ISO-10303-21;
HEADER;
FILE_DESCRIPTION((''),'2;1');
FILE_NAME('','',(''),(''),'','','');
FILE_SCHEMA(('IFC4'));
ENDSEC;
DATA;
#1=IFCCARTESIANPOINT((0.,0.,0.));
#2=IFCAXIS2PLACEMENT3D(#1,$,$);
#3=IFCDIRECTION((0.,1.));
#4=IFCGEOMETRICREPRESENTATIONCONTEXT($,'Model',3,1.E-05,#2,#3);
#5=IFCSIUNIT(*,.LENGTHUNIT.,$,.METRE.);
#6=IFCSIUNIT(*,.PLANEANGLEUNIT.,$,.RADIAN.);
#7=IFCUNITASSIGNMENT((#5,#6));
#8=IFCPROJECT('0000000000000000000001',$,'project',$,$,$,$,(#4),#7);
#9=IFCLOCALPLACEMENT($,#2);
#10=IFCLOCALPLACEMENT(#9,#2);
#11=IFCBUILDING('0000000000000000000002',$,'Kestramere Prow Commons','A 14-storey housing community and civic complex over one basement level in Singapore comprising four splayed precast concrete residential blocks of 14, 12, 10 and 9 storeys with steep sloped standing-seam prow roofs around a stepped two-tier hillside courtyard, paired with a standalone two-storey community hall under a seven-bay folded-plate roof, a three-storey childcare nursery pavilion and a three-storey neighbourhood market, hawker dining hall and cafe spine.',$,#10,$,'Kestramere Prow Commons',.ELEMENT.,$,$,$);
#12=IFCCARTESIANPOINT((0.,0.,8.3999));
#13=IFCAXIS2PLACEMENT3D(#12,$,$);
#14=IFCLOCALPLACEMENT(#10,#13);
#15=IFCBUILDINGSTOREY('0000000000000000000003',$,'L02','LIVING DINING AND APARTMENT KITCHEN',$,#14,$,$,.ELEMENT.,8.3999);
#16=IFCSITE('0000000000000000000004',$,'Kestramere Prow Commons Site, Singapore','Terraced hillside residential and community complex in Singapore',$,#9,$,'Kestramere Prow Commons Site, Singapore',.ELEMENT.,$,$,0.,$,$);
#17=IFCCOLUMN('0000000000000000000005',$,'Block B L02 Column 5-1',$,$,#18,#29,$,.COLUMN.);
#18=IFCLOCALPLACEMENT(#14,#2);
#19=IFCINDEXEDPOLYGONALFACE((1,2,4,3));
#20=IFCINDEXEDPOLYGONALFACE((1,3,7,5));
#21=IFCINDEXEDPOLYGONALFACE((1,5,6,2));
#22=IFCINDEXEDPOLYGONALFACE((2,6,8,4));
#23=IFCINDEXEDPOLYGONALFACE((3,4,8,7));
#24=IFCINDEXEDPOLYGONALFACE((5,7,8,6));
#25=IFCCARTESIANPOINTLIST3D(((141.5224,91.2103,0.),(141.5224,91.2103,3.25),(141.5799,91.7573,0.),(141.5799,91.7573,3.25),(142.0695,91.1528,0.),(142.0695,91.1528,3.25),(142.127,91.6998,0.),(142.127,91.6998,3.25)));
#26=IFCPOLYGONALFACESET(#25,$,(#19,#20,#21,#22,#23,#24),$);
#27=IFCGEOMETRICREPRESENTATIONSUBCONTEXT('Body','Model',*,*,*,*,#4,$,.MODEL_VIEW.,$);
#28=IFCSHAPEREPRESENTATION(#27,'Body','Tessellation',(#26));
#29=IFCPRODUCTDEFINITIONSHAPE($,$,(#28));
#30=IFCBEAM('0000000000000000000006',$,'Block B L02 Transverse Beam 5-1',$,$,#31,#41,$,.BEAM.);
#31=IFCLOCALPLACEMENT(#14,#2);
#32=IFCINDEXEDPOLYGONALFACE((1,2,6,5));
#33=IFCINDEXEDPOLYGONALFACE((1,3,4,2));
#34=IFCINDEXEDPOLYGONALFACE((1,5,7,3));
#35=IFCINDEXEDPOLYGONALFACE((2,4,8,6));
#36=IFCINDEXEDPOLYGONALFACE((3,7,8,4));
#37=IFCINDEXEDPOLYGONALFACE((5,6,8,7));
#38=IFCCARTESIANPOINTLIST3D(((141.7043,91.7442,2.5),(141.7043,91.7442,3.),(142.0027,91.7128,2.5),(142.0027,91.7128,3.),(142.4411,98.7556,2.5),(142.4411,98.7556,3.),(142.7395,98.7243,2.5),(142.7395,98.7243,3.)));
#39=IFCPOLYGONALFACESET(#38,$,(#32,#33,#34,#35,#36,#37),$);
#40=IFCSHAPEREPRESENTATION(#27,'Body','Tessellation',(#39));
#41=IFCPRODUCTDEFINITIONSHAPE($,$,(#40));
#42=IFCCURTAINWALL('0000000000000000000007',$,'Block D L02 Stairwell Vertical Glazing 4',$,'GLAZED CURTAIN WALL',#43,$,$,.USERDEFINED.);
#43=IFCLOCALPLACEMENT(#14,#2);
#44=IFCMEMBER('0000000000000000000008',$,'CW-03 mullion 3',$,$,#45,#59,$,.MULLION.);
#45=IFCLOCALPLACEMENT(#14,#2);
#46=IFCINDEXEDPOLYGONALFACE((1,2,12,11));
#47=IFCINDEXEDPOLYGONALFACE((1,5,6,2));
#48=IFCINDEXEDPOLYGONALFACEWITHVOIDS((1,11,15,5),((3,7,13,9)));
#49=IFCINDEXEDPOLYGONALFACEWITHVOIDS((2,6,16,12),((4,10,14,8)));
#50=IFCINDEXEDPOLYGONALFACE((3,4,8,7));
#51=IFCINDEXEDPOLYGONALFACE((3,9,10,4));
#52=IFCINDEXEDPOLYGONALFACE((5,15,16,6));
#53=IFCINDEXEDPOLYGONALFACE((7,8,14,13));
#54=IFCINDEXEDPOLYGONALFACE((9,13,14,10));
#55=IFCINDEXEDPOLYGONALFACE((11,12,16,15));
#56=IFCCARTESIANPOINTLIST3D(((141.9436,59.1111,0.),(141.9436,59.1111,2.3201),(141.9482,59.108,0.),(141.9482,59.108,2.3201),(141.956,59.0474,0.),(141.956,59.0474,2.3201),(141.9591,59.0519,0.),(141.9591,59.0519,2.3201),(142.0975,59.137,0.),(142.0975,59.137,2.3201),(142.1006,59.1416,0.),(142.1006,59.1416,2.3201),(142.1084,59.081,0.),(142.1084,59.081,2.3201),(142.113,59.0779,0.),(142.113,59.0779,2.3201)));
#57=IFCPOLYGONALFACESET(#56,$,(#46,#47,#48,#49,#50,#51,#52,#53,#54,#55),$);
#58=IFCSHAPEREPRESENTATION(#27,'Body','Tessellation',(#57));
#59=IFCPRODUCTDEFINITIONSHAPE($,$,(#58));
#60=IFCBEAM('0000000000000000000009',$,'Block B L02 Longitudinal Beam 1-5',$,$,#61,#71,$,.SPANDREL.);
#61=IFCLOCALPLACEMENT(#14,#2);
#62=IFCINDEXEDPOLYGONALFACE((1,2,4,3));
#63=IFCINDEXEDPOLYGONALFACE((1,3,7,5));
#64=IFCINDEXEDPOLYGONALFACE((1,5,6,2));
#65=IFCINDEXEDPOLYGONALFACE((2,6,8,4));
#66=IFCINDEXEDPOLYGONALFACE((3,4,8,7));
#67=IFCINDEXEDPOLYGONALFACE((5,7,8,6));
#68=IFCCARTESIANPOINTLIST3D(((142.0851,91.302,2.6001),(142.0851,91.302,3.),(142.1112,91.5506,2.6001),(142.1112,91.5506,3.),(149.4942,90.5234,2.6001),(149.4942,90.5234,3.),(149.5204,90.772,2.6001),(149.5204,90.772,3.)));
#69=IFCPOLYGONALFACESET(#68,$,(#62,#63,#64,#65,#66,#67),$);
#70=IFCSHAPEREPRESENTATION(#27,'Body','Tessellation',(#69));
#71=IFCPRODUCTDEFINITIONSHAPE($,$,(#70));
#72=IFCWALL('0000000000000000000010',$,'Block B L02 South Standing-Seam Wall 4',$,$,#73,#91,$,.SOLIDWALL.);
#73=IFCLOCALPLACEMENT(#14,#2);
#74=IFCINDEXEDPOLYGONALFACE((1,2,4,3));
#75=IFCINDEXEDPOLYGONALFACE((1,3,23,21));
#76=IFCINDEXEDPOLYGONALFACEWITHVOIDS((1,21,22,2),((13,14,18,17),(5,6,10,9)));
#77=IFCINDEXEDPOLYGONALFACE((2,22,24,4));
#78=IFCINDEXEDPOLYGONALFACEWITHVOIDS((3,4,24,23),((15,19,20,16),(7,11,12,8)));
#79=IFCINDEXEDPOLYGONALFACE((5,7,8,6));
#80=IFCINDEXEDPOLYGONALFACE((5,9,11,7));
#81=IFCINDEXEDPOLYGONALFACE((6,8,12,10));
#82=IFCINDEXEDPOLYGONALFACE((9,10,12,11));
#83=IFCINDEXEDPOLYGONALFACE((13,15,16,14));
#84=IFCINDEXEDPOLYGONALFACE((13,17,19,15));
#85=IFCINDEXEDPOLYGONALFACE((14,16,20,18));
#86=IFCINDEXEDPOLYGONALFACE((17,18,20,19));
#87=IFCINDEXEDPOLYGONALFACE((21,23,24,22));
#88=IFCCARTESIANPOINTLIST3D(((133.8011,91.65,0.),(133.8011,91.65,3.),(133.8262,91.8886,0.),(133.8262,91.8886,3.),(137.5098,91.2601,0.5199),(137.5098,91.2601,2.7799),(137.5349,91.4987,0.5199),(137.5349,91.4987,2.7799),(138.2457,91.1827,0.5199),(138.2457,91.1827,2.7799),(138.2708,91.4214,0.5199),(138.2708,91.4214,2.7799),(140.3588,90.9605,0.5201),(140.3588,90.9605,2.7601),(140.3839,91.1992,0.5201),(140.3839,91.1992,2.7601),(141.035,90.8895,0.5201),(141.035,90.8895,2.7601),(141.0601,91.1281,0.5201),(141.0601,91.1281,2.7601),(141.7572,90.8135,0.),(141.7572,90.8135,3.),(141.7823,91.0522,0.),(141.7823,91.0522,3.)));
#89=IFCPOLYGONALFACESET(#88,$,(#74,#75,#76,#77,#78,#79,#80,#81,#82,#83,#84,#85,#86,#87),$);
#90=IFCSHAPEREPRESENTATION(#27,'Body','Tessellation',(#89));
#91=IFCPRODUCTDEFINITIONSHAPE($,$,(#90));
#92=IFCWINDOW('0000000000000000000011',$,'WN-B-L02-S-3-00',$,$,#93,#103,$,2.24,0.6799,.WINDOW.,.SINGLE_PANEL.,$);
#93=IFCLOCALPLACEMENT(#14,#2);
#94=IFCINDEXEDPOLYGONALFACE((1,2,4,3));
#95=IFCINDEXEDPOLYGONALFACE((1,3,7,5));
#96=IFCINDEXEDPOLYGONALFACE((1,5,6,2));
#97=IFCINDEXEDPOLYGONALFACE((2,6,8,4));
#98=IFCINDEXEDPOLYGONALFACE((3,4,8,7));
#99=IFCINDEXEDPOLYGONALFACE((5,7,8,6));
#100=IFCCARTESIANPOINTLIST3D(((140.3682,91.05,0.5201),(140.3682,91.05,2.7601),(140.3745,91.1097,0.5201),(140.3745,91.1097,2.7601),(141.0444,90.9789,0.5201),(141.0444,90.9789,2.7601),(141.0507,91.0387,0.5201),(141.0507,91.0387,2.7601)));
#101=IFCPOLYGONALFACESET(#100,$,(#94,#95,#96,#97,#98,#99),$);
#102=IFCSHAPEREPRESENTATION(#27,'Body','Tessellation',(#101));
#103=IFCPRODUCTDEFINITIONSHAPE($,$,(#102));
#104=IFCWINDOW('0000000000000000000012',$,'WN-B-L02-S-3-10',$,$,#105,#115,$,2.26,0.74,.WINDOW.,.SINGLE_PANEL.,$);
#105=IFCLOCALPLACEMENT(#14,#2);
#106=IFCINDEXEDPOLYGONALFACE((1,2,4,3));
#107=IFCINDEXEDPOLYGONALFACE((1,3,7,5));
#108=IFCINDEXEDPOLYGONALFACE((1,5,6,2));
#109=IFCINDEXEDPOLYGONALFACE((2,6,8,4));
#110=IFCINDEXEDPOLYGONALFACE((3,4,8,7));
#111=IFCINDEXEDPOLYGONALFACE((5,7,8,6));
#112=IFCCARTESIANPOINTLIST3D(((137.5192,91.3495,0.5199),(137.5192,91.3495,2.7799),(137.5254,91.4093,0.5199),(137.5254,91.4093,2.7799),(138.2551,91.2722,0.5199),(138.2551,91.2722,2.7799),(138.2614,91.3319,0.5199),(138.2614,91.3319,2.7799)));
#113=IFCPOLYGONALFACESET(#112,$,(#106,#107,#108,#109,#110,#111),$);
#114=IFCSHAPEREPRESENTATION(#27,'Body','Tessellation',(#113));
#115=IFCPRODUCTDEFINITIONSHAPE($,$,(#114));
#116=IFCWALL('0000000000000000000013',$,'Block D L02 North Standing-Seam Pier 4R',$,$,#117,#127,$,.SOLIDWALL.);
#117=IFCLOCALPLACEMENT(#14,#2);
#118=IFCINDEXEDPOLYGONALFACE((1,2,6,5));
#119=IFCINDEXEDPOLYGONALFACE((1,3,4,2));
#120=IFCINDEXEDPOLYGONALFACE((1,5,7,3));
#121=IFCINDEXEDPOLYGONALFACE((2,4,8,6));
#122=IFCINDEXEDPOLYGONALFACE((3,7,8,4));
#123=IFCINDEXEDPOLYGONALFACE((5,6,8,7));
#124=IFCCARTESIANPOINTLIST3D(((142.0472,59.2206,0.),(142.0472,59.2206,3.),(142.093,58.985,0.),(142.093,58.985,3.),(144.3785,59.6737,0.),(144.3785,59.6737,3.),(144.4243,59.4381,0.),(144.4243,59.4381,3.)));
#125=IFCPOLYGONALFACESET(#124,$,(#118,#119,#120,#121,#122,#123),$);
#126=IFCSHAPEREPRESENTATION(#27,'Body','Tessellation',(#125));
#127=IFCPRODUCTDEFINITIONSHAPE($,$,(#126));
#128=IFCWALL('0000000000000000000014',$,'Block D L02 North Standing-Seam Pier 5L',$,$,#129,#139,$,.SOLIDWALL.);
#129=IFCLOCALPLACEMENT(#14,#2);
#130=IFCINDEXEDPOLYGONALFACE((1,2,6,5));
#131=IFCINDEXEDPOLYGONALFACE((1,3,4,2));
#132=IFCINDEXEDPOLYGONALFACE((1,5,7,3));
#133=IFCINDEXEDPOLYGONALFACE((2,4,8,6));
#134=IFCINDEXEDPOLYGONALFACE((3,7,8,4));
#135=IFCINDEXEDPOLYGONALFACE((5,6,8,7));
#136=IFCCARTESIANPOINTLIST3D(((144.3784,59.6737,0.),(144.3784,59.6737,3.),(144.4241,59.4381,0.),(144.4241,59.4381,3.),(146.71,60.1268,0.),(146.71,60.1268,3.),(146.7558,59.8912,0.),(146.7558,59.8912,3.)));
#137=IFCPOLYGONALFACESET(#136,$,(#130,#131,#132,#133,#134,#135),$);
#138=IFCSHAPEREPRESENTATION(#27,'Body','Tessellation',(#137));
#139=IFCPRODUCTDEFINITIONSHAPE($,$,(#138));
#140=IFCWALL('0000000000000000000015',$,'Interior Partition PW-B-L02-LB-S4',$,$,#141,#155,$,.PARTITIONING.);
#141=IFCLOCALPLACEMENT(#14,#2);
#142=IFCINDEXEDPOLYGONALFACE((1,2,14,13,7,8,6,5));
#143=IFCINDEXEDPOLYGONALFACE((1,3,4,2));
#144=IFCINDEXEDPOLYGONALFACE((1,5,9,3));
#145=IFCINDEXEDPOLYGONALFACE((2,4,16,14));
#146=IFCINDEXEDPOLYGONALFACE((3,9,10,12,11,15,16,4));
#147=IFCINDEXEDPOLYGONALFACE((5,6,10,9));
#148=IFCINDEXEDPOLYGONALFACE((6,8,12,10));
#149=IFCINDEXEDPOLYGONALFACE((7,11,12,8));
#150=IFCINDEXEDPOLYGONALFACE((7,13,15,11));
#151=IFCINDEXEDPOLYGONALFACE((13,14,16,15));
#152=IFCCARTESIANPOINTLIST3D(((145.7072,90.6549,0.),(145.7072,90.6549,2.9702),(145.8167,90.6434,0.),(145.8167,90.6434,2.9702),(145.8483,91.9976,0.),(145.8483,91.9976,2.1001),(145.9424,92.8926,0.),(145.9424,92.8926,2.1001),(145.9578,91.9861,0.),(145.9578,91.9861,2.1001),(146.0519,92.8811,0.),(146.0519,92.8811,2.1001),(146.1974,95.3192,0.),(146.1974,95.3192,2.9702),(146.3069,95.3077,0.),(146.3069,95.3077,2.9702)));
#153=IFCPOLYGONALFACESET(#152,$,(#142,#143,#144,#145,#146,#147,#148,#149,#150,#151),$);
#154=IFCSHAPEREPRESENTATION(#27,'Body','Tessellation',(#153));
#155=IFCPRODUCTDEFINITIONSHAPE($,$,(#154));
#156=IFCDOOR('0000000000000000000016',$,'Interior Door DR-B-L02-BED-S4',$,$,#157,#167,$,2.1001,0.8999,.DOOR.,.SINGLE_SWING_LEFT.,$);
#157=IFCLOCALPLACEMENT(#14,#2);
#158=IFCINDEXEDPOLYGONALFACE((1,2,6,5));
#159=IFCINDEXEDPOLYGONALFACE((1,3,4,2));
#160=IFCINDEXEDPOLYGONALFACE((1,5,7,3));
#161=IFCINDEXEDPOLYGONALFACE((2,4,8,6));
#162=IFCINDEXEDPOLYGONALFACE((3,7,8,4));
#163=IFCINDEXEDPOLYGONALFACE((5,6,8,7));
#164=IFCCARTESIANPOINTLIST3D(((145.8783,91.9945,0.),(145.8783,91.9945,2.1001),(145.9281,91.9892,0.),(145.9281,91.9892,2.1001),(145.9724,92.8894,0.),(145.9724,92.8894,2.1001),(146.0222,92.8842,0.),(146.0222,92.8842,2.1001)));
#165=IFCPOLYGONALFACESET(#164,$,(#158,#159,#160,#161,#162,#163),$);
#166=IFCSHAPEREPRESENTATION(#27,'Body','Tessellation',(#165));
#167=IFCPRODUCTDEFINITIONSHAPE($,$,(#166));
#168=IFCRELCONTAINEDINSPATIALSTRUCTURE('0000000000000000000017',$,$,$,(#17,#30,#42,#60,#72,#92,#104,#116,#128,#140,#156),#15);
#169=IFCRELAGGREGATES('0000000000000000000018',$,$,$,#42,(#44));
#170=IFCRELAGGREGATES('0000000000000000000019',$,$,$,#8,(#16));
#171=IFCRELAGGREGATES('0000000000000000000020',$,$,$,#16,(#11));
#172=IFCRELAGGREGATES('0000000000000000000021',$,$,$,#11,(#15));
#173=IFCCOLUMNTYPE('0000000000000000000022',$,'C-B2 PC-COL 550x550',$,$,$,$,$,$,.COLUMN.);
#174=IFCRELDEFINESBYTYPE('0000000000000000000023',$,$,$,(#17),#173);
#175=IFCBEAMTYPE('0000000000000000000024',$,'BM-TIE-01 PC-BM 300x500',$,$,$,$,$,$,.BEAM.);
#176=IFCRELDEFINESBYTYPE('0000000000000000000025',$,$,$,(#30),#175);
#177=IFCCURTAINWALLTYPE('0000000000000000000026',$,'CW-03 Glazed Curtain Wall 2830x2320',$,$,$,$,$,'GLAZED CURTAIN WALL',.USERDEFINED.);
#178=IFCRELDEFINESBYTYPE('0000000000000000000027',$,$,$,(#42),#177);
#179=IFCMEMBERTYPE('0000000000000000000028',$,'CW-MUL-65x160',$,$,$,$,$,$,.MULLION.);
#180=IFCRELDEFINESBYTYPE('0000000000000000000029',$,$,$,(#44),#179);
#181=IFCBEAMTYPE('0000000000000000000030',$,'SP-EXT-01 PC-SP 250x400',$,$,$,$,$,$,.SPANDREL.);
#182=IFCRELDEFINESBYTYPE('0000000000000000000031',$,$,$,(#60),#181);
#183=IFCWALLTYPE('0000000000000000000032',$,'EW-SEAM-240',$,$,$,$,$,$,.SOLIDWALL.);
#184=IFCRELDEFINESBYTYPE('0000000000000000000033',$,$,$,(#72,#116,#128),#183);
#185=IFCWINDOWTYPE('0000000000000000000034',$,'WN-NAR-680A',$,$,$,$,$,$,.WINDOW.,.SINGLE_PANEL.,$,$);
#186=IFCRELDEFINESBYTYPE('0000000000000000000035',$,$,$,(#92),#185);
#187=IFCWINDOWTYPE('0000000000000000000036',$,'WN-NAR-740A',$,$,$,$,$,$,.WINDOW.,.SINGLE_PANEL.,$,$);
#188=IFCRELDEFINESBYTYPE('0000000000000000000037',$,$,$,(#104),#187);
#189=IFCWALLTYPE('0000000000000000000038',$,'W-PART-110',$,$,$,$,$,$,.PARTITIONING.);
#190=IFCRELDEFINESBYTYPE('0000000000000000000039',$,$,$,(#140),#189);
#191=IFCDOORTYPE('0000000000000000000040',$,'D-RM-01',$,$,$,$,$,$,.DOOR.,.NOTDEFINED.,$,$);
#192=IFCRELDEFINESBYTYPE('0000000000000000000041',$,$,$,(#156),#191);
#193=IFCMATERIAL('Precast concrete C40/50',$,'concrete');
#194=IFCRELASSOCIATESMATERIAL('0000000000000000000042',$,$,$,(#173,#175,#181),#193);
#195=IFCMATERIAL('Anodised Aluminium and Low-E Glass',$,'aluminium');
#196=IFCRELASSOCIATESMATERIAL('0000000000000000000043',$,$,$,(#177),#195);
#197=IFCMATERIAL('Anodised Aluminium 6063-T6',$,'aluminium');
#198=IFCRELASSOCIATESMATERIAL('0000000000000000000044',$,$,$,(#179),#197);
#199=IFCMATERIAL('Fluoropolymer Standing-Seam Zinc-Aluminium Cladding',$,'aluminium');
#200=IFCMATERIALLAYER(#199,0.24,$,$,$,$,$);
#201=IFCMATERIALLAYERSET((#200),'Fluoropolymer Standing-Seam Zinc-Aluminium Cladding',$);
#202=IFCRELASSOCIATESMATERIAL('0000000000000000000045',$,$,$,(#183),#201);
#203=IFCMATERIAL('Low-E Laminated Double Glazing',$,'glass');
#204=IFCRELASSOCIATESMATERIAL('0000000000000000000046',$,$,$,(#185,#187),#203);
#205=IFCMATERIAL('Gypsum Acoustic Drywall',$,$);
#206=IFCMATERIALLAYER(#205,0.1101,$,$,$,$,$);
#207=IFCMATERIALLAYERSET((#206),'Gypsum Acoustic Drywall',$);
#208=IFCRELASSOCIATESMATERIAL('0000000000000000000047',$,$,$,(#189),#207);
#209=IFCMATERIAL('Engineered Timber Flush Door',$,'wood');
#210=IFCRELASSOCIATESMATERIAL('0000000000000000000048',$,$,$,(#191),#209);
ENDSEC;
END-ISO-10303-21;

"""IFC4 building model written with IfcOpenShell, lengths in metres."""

from ifc_helpers import new_model, si_unit, direction, frame, frame_2d, origin, origin_2d, place, context, subcontext, project, spatial, rectangle, hollow_rectangle, extrude, material, layer, layer_set, material_profile, profile_set, type_object, element, fill, aggregate, save


model = new_model("IFC4")

# Units and contexts
model_context = context("Model", 3, precision=1e-05, world=origin(), true_north=direction((0.0, 1.0)))
body_context = subcontext(model_context, "Body", "Model", "MODEL_VIEW")
ifc_project = project(units=[si_unit("LENGTHUNIT", "METRE"), si_unit("PLANEANGLEUNIT", "RADIAN")], contexts=[model_context])

# Site, building, storey
site_placement = place(None, origin())
site = spatial("IfcSite", under=ifc_project, at=site_placement, Name="Kestramere Prow Commons Site, Singapore", Description="Terraced hillside residential and community complex in Singapore", LongName="Kestramere Prow Commons Site, Singapore", CompositionType="ELEMENT", RefElevation=0.0)
building_placement = place(site_placement, origin())
building = spatial("IfcBuilding", under=site, at=building_placement, Name="Kestramere Prow Commons", Description="A 14-storey housing community and civic complex over one basement level in Singapore comprising four splayed precast concrete residential blocks of 14, 12, 10 and 9 storeys with steep sloped standing-seam prow roofs around a stepped two-tier hillside courtyard, paired with a standalone two-storey community hall under a seven-bay folded-plate roof, a three-storey childcare nursery pavilion and a three-storey neighbourhood market, hawker dining hall and cafe spine.", LongName="Kestramere Prow Commons", CompositionType="ELEMENT")
storey_placement = place(building_placement, frame((0.0, 0.0, 8.3999)))
storey = spatial("IfcBuildingStorey", under=building, at=storey_placement, Name="L02", Description="LIVING DINING AND APARTMENT KITCHEN", CompositionType="ELEMENT", Elevation=8.3999)

# Column
ifc_material_1 = material(Name="Precast concrete C40/50", Category="concrete")
ifc_material_profile_1 = material_profile(ifc_material_1, rectangle(XDim=0.55, YDim=0.55, at=origin_2d()), Name="PC-COL 550x550")
ifc_profile_set_1 = profile_set([ifc_material_profile_1], Name="Precast concrete C40/50")
column_type = type_object("IfcColumnType", Name="C-B2 PC-COL 550x550", PredefinedType="COLUMN", material=ifc_profile_set_1)
column_placement = place(storey_placement, frame((141.8247, 91.4551, 0.0), z_axis=(0.0, 0.0, 1.0), x_axis=(0.994522, -0.104528, 0.0)))
element("IfcColumn", 1, at=column_placement, inside=storey, type_object=column_type, Name="Block B L02 Column 5-1", PredefinedType="COLUMN", context=body_context, shape_type="SweptSolid", body=[
    extrude(rectangle(XDim=0.55, YDim=0.55, at=origin_2d()), origin(), (0.0, 0.0, 1.0), 3.25),
])

# Beam
ifc_material_profile_2 = material_profile(ifc_material_1, rectangle(XDim=0.3, YDim=0.5, at=origin_2d()), Name="PC-BM 300x500")
ifc_profile_set_2 = profile_set([ifc_material_profile_2], Name="Precast concrete C40/50")
beam_type_1 = type_object("IfcBeamType", Name="BM-TIE-01 PC-BM 300x500", PredefinedType="BEAM", material=ifc_profile_set_2)
beam_1_placement = place(storey_placement, frame((141.8535, 91.7285, 2.75), z_axis=(0.104512, 0.994524, 0.0), x_axis=(-0.994524, 0.104512, 0.0)))
element("IfcBeam", 2, at=beam_1_placement, inside=storey, type_object=beam_type_1, Name="Block B L02 Transverse Beam 5-1", PredefinedType="BEAM", context=body_context, shape_type="SweptSolid", body=[
    extrude(rectangle(XDim=0.3, YDim=0.5, at=origin_2d()), origin(), (0.0, 0.0, 1.0), 7.05),
])

# Curtain wall, member
ifc_material_2 = material(Name="Anodised Aluminium and Low-E Glass", Category="aluminium")
curtain_wall_type = type_object("IfcCurtainWallType", Name="CW-03 Glazed Curtain Wall 2830x2320", ElementType="GLAZED CURTAIN WALL", PredefinedType="USERDEFINED", material=ifc_material_2)
curtain_wall_placement = place(storey_placement, origin())
curtain_wall = element("IfcCurtainWall", 3, at=curtain_wall_placement, inside=storey, type_object=curtain_wall_type, Name="Block D L02 Stairwell Vertical Glazing 4", ObjectType="GLAZED CURTAIN WALL", PredefinedType="USERDEFINED")
ifc_material_3 = material(Name="Anodised Aluminium 6063-T6", Category="aluminium")
ifc_material_profile_3 = material_profile(ifc_material_3, hollow_rectangle(XDim=0.0649, YDim=0.1599, WallThickness=0.0039, at=origin_2d()), Name="ALU-MUL 65x160")
ifc_profile_set_3 = profile_set([ifc_material_profile_3], Name="Anodised Aluminium 6063-T6")
member_type = type_object("IfcMemberType", Name="CW-MUL-65x160", PredefinedType="MULLION", material=ifc_profile_set_3)
member_placement = place(storey_placement, frame((142.0283, 59.0945, 0.0), z_axis=(0.0, 0.0, 1.0), x_axis=(-0.190809, 0.981627, 0.0)))
member = element("IfcMember", 4, at=member_placement, type_object=member_type, Name="CW-03 mullion 3", PredefinedType="MULLION", context=body_context, shape_type="SweptSolid", body=[
    extrude(hollow_rectangle(XDim=0.0649, YDim=0.1599, WallThickness=0.0039, at=origin_2d()), origin(), (0.0, 0.0, 1.0), 2.3201),
])
aggregate(curtain_wall, [member])

# Beam
ifc_material_profile_4 = material_profile(ifc_material_1, rectangle(XDim=0.25, YDim=0.3999, at=origin_2d()), Name="PC-SP 250x400")
ifc_profile_set_4 = profile_set([ifc_material_profile_4], Name="Precast concrete C40/50")
beam_type_2 = type_object("IfcBeamType", Name="SP-EXT-01 PC-SP 250x400", PredefinedType="SPANDREL", material=ifc_profile_set_4)
beam_2_placement = place(storey_placement, frame((142.0981, 91.4263, 2.8), z_axis=(0.994524, -0.104506, 0.0), x_axis=(0.104506, 0.994524, 0.0)))
element("IfcBeam", 5, at=beam_2_placement, inside=storey, type_object=beam_type_2, Name="Block B L02 Longitudinal Beam 1-5", PredefinedType="SPANDREL", context=body_context, shape_type="SweptSolid", body=[
    extrude(rectangle(XDim=0.25, YDim=0.3999, at=origin_2d()), origin(), (0.0, 0.0, 1.0), 7.45),
])

# Wall, openings, windows
ifc_material_4 = material(Name="Fluoropolymer Standing-Seam Zinc-Aluminium Cladding", Category="aluminium")
ifc_layer_1 = layer(ifc_material_4, 0.24)
ifc_layer_set_1 = layer_set([ifc_layer_1], Name="Fluoropolymer Standing-Seam Zinc-Aluminium Cladding")
wall_type_1 = type_object("IfcWallType", Name="EW-SEAM-240", PredefinedType="SOLIDWALL", material=ifc_layer_set_1)
wall_1_placement = place(storey_placement, frame((141.7698, 90.9329, 0.0), z_axis=(0.0, 0.0, 1.0), x_axis=(-0.994519, 0.104555, 0.0)))
wall_1 = element("IfcWall", 6, at=wall_1_placement, inside=storey, type_object=wall_type_1, Name="Block B L02 South Standing-Seam Wall 4", PredefinedType="SOLIDWALL", context=body_context, shape_type="SweptSolid", body=[
    extrude(rectangle(XDim=8.0, YDim=0.24, at=frame_2d((4.0, 0.0))), origin(), (0.0, 0.0, 1.0), 3.0),
])
opening_1_placement = place(wall_1_placement, frame((0.7263, 0.0, 0.52)))
opening_1 = element("IfcOpeningElement", 7, at=opening_1_placement, cuts=wall_1, PredefinedType="OPENING", context=body_context, shape_type="SweptSolid", body=[
    extrude(rectangle(XDim=0.6799, YDim=2.24, at=frame_2d((0.3398, 1.1201))), frame((0.0, 0.135, 0.0), z_axis=(0.0, -1.0, 0.0), x_axis=(1.0, 0.0, 0.0)), (0.0, 0.0, 1.0), 0.27),
])
opening_2_placement = place(wall_1_placement, frame((3.5308, 0.0, 0.52)))
opening_2 = element("IfcOpeningElement", 8, at=opening_2_placement, cuts=wall_1, PredefinedType="OPENING", context=body_context, shape_type="SweptSolid", body=[
    extrude(rectangle(XDim=0.74, YDim=2.26, at=frame_2d((0.3701, 1.1299))), frame((0.0, 0.135, 0.0), z_axis=(0.0, -1.0, 0.0), x_axis=(1.0, 0.0, 0.0)), (0.0, 0.0, 1.0), 0.27),
])
ifc_material_5 = material(Name="Low-E Laminated Double Glazing", Category="glass")
window_type_1 = type_object("IfcWindowType", Name="WN-NAR-680A", PartitioningType="SINGLE_PANEL", PredefinedType="WINDOW", material=ifc_material_5)
window_1_placement = place(opening_1_placement, origin())
window_1 = element("IfcWindow", 9, at=window_1_placement, inside=storey, type_object=window_type_1, Name="WN-B-L02-S-3-00", OverallHeight=2.24, OverallWidth=0.6799, PartitioningType="SINGLE_PANEL", PredefinedType="WINDOW", context=body_context, shape_type="SweptSolid", body=[
    extrude(rectangle(XDim=0.6799, YDim=2.24, at=frame_2d((0.3398, 1.1201))), frame((0.0, 0.03, 0.0), z_axis=(0.0, -1.0, 0.0), x_axis=(1.0, 0.0, 0.0)), (0.0, 0.0, 1.0), 0.0601),
])
fill(opening_1, window_1)
window_type_2 = type_object("IfcWindowType", Name="WN-NAR-740A", PartitioningType="SINGLE_PANEL", PredefinedType="WINDOW", material=ifc_material_5)
window_2_placement = place(opening_2_placement, origin())
window_2 = element("IfcWindow", 10, at=window_2_placement, inside=storey, type_object=window_type_2, Name="WN-B-L02-S-3-10", OverallHeight=2.26, OverallWidth=0.74, PartitioningType="SINGLE_PANEL", PredefinedType="WINDOW", context=body_context, shape_type="SweptSolid", body=[
    extrude(rectangle(XDim=0.74, YDim=2.26, at=frame_2d((0.3701, 1.1299))), frame((0.0, 0.03, 0.0), z_axis=(0.0, -1.0, 0.0), x_axis=(1.0, 0.0, 0.0)), (0.0, 0.0, 1.0), 0.0601),
])
fill(opening_2, window_2)

# Walls
wall_2_placement = place(storey_placement, frame((142.0701, 59.1028, 0.0), z_axis=(0.0, 0.0, 1.0), x_axis=(0.98163, 0.190795, 0.0)))
element("IfcWall", 11, at=wall_2_placement, inside=storey, type_object=wall_type_1, Name="Block D L02 North Standing-Seam Pier 4R", PredefinedType="SOLIDWALL", context=body_context, shape_type="SweptSolid", body=[
    extrude(rectangle(XDim=2.375, YDim=0.24, at=frame_2d((1.1875, 0.0))), origin(), (0.0, 0.0, 1.0), 3.0),
])
wall_3_placement = place(storey_placement, frame((144.4014, 59.5559, 0.0), z_axis=(0.0, 0.0, 1.0), x_axis=(0.981634, 0.190776, 0.0)))
element("IfcWall", 12, at=wall_3_placement, inside=storey, type_object=wall_type_1, Name="Block D L02 North Standing-Seam Pier 5L", PredefinedType="SOLIDWALL", context=body_context, shape_type="SweptSolid", body=[
    extrude(rectangle(XDim=2.3752, YDim=0.24, at=frame_2d((1.1875, 0.0))), origin(), (0.0, 0.0, 1.0), 3.0),
])

# Wall, opening, door
ifc_material_6 = material(Name="Gypsum Acoustic Drywall")
ifc_layer_2 = layer(ifc_material_6, 0.1101)
ifc_layer_set_2 = layer_set([ifc_layer_2], Name="Gypsum Acoustic Drywall")
wall_type_2 = type_object("IfcWallType", Name="W-PART-110", PredefinedType="PARTITIONING", material=ifc_layer_set_2)
wall_4_placement = place(storey_placement, frame((145.762, 90.6492, 0.0), z_axis=(0.0, 0.0, 1.0), x_axis=(0.104528, 0.994522, 0.0)))
wall_4 = element("IfcWall", 13, at=wall_4_placement, inside=storey, type_object=wall_type_2, Name="Interior Partition PW-B-L02-LB-S4", PredefinedType="PARTITIONING", context=body_context, shape_type="SweptSolid", body=[
    extrude(rectangle(XDim=4.6899, YDim=0.1101, at=frame_2d((2.345, 0.0))), origin(), (0.0, 0.0, 1.0), 2.9702),
])
opening_3_placement = place(wall_4_placement, frame((1.3501, 0.0, 0.0)))
opening_3 = element("IfcOpeningElement", 14, at=opening_3_placement, cuts=wall_4, PredefinedType="OPENING", context=body_context, shape_type="SweptSolid", body=[
    extrude(rectangle(XDim=0.8999, YDim=2.1001, at=frame_2d((0.45, 1.05))), frame((0.0, 0.0701, 0.0), z_axis=(0.0, -1.0, 0.0), x_axis=(1.0, 0.0, 0.0)), (0.0, 0.0, 1.0), 0.1401),
])
ifc_material_7 = material(Name="Engineered Timber Flush Door", Category="wood")
door_type = type_object("IfcDoorType", Name="D-RM-01", OperationType="NOTDEFINED", PredefinedType="DOOR", material=ifc_material_7)
door_1_placement = place(opening_3_placement, origin())
door_1 = element("IfcDoor", 15, at=door_1_placement, inside=storey, type_object=door_type, Name="Interior Door DR-B-L02-BED-S4", OperationType="SINGLE_SWING_LEFT", OverallHeight=2.1001, OverallWidth=0.8999, PredefinedType="DOOR", context=body_context, shape_type="SweptSolid", body=[
    extrude(rectangle(XDim=0.8999, YDim=2.1001, at=frame_2d((0.45, 1.05))), frame((0.0, 0.0249, 0.0), z_axis=(0.0, -1.0, 0.0), x_axis=(1.0, 0.0, 0.0)), (0.0, 0.0, 1.0), 0.05),
])
fill(opening_3, door_1)

save(model, "model.ifc")
